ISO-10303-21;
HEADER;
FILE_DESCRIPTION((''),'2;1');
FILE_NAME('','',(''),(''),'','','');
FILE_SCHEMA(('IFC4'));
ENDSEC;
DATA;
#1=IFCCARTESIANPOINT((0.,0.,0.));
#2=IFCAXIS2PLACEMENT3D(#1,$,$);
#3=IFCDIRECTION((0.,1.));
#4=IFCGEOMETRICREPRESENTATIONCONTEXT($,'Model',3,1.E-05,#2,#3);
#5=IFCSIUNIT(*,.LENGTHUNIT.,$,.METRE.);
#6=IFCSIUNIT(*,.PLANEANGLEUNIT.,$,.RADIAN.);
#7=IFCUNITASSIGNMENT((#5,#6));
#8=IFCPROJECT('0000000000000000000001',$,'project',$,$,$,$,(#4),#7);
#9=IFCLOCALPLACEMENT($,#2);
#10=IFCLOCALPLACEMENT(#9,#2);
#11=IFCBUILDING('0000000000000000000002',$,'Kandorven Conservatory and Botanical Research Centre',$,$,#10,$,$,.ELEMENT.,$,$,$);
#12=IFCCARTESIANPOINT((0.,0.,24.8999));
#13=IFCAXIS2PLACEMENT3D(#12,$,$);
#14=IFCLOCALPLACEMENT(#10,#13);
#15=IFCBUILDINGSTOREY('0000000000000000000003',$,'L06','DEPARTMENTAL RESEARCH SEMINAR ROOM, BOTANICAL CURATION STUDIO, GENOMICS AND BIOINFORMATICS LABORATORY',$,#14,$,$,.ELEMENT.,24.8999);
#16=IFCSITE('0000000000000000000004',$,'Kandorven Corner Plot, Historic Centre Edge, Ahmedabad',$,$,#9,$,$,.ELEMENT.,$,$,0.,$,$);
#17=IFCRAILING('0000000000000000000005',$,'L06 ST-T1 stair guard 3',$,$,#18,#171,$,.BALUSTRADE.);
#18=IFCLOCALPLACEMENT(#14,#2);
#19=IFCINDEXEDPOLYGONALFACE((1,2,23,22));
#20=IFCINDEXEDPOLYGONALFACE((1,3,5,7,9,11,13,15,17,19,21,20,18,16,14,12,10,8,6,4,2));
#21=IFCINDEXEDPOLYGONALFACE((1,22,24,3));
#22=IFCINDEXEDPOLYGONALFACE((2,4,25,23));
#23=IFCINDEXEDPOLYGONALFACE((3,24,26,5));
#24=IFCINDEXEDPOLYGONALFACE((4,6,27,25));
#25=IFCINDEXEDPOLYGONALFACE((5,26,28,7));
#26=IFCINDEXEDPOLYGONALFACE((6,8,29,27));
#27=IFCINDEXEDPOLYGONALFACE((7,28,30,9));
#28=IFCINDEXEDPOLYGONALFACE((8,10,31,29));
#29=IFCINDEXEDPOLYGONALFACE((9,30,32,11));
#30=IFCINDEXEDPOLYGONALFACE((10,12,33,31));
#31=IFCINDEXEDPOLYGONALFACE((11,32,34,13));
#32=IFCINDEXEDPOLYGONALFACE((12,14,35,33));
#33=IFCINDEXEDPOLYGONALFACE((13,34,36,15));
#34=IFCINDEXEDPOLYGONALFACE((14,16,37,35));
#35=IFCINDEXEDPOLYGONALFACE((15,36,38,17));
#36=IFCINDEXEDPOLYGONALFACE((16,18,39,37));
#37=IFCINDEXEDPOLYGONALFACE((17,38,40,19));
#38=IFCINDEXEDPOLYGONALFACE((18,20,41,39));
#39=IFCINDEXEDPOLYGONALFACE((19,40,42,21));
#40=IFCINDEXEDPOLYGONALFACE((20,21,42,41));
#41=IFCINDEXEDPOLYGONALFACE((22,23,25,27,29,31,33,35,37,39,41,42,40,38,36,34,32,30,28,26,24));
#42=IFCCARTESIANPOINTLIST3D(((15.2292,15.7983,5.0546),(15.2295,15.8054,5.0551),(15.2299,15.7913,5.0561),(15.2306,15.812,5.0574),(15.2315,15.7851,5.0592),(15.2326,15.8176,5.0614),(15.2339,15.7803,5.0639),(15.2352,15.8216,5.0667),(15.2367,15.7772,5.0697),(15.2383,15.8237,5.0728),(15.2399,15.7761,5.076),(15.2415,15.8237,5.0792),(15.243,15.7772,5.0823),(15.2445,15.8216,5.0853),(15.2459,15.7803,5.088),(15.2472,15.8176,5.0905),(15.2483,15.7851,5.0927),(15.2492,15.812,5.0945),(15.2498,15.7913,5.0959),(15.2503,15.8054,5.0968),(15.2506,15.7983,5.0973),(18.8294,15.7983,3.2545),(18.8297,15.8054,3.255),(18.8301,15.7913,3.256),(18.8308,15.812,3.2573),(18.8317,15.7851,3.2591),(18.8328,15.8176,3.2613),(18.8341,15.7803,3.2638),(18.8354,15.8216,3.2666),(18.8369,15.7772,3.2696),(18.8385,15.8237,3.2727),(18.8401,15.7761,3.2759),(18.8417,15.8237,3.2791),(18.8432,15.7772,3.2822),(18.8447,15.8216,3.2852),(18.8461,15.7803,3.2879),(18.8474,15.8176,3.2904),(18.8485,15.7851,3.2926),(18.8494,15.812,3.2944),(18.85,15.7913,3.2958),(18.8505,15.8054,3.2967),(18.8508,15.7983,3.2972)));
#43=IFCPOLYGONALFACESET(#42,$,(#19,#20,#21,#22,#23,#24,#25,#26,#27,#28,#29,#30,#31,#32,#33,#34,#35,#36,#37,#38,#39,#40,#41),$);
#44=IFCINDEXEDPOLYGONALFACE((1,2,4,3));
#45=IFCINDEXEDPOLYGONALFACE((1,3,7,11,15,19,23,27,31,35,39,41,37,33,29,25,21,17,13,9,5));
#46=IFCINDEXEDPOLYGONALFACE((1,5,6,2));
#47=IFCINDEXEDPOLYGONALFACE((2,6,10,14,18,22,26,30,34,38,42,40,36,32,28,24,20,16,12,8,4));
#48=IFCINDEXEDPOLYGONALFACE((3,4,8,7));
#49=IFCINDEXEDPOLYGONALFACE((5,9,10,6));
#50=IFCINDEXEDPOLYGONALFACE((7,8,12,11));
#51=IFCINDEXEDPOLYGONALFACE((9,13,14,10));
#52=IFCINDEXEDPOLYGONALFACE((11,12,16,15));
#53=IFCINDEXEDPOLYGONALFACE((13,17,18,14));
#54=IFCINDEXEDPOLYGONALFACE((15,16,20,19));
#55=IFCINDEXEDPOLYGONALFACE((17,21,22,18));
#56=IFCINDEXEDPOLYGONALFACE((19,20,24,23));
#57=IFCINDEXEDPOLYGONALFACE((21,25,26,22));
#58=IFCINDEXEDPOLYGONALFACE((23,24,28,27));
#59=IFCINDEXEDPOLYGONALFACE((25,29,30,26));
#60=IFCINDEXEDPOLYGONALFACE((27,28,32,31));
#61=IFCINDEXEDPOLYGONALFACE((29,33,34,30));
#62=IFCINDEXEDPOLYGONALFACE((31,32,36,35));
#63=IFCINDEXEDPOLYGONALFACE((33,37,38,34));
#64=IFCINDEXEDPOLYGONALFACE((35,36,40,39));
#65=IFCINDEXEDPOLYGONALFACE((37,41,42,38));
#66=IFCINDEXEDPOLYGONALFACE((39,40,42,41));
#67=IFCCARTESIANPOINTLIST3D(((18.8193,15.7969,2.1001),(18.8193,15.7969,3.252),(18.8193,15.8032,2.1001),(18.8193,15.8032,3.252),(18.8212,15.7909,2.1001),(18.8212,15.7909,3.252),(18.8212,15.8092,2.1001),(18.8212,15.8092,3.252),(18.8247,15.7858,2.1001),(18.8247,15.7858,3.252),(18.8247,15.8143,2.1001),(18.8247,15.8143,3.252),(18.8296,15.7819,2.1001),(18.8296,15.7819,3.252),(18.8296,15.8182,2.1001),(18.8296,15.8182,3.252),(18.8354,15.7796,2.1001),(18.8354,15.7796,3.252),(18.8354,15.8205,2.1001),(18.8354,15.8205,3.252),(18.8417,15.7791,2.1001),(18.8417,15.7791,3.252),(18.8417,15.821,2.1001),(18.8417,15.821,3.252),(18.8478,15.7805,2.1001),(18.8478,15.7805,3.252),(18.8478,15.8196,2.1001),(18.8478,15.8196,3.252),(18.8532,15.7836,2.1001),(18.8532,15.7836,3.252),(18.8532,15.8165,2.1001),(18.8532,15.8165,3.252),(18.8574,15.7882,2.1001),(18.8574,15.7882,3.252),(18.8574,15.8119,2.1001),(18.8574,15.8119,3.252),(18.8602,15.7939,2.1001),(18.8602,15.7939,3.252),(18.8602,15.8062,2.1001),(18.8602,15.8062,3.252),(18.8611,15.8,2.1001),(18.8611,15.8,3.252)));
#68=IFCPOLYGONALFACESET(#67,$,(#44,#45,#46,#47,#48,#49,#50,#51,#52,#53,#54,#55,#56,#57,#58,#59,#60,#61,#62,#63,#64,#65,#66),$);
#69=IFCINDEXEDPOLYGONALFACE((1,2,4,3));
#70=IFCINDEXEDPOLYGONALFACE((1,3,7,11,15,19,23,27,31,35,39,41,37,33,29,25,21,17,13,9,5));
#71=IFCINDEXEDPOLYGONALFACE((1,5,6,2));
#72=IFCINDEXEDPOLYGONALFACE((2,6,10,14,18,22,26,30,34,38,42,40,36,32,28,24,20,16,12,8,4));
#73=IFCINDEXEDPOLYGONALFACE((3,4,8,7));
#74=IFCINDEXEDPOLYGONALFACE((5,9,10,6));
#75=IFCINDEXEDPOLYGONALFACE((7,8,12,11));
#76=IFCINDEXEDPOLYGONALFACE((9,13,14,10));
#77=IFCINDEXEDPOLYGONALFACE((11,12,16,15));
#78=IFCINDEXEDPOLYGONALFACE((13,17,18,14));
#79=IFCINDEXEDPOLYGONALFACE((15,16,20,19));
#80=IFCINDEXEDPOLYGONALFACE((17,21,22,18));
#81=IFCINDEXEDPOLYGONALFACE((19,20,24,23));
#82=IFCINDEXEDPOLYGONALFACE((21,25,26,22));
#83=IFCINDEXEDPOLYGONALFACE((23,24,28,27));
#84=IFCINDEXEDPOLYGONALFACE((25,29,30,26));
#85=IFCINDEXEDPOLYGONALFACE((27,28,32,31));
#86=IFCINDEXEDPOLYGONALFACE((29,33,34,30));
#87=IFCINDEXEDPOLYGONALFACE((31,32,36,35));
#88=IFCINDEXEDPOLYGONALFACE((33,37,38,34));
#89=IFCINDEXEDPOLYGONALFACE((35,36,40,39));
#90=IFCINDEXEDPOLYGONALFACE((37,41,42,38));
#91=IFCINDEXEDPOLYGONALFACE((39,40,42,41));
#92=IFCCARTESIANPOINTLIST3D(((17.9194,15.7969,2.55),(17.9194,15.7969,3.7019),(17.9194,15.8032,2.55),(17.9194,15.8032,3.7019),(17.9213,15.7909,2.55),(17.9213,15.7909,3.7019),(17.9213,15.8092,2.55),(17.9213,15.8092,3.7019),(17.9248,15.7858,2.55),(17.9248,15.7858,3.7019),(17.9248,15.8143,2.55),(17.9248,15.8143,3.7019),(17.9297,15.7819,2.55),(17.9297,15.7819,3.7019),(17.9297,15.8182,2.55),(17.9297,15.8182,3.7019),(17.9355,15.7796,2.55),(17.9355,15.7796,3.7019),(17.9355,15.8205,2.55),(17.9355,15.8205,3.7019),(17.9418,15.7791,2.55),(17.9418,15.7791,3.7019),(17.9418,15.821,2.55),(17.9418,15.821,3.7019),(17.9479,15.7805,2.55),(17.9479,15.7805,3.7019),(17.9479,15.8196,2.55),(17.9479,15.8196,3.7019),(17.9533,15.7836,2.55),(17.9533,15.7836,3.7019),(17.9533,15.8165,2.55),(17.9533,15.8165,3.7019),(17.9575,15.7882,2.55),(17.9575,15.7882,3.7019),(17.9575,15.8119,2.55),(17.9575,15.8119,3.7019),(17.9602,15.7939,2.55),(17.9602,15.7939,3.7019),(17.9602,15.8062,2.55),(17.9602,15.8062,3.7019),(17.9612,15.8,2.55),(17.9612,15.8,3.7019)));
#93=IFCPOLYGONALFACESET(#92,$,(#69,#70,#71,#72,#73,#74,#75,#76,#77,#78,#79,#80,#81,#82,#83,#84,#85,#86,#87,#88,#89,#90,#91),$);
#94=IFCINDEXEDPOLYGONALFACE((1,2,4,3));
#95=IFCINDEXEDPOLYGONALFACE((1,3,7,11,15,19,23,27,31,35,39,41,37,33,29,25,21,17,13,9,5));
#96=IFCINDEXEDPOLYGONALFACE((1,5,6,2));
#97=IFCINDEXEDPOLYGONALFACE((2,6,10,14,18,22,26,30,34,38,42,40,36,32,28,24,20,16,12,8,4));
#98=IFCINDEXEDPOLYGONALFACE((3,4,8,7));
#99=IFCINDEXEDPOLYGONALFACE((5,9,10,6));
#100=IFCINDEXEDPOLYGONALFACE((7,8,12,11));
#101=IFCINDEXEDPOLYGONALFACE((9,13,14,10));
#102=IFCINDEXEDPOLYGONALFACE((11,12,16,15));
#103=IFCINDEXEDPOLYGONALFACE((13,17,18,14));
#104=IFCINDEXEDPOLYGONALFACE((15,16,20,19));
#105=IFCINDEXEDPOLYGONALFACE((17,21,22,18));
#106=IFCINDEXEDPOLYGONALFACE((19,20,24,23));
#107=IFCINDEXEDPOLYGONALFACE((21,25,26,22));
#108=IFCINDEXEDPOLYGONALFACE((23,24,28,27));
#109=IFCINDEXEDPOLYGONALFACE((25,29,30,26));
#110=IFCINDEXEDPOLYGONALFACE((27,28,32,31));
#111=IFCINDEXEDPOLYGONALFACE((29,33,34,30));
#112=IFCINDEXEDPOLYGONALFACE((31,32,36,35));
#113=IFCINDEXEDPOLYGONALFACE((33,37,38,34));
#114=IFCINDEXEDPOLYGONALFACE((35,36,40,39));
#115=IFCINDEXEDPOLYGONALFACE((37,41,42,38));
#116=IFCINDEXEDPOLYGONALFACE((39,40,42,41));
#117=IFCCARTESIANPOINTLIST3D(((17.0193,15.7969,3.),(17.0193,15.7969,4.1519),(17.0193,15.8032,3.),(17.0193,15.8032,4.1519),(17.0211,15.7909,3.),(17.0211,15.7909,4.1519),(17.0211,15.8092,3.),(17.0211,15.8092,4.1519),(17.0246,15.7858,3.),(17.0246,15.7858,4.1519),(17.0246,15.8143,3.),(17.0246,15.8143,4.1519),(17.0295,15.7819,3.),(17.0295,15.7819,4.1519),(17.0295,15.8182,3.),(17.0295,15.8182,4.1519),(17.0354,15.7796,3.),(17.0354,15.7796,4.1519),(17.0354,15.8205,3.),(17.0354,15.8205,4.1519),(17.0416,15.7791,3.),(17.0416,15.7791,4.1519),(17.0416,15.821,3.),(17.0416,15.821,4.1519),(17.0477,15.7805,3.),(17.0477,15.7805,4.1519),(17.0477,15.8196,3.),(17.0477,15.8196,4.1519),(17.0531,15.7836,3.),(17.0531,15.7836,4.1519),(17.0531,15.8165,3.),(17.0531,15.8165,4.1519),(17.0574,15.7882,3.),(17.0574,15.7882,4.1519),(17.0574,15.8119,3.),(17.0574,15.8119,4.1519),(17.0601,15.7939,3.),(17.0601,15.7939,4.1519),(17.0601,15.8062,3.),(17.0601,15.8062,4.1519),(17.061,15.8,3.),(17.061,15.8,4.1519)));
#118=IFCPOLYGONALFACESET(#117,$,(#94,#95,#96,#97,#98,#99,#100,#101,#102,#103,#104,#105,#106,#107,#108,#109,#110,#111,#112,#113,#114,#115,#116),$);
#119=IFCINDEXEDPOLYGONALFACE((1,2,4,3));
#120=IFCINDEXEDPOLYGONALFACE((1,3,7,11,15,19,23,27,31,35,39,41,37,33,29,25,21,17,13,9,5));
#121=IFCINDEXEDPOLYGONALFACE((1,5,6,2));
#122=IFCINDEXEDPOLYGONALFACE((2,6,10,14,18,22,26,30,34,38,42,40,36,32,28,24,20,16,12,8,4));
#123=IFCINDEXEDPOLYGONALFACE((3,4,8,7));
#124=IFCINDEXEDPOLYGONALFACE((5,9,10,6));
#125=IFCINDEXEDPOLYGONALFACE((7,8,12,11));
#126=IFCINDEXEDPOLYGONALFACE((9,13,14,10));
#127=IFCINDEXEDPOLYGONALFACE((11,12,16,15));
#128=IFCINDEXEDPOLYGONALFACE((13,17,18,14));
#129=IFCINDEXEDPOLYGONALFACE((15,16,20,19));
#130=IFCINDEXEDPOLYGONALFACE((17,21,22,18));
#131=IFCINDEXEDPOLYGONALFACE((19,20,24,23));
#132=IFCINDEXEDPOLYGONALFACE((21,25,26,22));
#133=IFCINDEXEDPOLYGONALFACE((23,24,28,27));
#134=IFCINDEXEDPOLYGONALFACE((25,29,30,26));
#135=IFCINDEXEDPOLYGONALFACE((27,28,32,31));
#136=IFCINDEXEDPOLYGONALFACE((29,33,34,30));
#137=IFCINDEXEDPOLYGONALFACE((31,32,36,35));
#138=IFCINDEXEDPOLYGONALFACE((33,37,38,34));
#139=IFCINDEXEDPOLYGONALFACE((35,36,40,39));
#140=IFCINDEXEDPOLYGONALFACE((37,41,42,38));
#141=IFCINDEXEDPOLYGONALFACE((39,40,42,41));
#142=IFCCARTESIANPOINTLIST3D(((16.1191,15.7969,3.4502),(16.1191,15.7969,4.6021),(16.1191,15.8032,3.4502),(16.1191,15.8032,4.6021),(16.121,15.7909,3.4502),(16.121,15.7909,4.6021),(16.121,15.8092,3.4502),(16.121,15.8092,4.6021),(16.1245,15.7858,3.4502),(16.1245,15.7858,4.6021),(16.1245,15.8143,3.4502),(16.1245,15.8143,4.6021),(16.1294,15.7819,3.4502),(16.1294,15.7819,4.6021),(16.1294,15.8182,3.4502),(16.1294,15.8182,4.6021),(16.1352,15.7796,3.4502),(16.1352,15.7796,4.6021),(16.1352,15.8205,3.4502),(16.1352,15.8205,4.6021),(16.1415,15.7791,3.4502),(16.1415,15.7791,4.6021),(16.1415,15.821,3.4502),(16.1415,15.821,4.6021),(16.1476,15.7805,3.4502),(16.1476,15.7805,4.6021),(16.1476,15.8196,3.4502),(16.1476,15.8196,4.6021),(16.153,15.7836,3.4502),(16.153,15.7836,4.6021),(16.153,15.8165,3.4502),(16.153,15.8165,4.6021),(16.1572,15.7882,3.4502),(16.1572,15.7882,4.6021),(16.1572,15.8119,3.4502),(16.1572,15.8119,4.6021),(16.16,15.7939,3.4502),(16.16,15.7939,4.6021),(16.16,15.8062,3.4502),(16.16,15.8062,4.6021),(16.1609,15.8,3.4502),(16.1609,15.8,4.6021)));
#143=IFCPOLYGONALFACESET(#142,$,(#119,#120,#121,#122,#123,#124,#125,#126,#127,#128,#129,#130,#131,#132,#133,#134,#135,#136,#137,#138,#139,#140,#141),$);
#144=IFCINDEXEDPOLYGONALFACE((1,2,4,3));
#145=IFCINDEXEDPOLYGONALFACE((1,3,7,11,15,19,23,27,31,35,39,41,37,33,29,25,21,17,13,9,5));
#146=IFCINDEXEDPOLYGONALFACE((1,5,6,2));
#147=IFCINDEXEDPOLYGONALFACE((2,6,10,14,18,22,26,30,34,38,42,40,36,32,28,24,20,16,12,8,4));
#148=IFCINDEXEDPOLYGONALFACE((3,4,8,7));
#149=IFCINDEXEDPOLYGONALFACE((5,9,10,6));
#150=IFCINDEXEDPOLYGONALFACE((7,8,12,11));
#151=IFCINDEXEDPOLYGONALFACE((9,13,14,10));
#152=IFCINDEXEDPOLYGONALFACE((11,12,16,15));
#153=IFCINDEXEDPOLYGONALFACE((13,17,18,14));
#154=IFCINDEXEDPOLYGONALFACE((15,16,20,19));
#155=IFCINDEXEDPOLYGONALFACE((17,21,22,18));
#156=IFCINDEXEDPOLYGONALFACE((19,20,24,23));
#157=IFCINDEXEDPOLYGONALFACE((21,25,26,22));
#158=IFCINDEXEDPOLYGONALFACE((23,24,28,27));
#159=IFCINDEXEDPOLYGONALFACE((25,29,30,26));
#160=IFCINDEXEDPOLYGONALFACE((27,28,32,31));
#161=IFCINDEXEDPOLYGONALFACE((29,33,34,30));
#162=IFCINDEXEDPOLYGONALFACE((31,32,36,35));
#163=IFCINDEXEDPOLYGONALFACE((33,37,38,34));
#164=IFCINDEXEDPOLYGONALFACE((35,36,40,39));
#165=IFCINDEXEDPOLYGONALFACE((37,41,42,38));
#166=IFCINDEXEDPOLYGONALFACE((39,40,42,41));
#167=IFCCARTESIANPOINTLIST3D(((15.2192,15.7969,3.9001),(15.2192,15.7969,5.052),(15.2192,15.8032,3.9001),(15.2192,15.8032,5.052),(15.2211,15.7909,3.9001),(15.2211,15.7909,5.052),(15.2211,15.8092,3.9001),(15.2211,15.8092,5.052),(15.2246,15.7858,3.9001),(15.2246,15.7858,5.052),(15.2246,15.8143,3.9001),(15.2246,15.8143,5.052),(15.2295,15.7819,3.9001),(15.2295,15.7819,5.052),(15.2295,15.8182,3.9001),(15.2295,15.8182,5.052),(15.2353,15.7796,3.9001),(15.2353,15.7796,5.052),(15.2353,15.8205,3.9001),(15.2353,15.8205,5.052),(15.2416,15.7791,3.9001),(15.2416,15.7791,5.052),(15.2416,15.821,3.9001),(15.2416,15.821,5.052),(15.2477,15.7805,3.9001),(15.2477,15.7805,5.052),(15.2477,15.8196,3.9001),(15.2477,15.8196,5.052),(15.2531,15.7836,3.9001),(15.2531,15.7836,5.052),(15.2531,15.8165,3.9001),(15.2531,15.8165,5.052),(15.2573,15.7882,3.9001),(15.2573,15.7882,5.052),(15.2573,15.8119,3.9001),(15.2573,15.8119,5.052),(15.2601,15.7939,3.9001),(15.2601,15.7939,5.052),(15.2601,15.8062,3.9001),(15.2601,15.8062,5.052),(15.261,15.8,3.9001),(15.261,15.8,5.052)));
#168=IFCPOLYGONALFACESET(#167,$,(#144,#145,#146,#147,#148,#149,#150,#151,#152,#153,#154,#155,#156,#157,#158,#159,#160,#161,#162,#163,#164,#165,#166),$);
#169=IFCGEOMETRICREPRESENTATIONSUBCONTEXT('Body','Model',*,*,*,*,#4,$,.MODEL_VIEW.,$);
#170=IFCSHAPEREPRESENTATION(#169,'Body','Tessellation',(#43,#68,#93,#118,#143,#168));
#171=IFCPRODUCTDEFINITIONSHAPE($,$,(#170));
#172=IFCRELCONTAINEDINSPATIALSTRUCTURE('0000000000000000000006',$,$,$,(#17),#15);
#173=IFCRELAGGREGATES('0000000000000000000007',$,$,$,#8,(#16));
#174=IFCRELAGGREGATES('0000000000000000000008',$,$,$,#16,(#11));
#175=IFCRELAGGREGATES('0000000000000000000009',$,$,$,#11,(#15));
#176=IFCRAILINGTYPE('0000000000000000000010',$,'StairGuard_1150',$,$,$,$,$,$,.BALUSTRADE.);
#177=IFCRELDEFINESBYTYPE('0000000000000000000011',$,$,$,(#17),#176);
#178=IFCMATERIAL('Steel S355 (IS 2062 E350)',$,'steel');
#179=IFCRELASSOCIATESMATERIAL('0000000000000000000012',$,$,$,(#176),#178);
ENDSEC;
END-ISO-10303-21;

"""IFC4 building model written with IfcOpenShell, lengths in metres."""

from ifc_helpers import new_model, si_unit, direction, frame, origin, origin_2d, place, context, subcontext, project, spatial, circle, extrude, material, type_object, element, save


model = new_model("IFC4")

# Units and contexts
model_context = context("Model", 3, precision=1e-05, world=origin(), true_north=direction((0.0, 1.0)))
body_context = subcontext(model_context, "Body", "Model", "MODEL_VIEW")
ifc_project = project(units=[si_unit("LENGTHUNIT", "METRE"), si_unit("PLANEANGLEUNIT", "RADIAN")], contexts=[model_context])

# Site, building, storey
site_placement = place(None, origin())
site = spatial("IfcSite", under=ifc_project, at=site_placement, Name="Kandorven Corner Plot, Historic Centre Edge, Ahmedabad", CompositionType="ELEMENT", RefElevation=0.0)
building_placement = place(site_placement, origin())
building = spatial("IfcBuilding", under=site, at=building_placement, Name="Kandorven Conservatory and Botanical Research Centre", CompositionType="ELEMENT")
storey_placement = place(building_placement, frame((0.0, 0.0, 24.8999)))
storey = spatial("IfcBuildingStorey", under=building, at=storey_placement, Name="L06", Description="DEPARTMENTAL RESEARCH SEMINAR ROOM, BOTANICAL CURATION STUDIO, GENOMICS AND BIOINFORMATICS LABORATORY", CompositionType="ELEMENT", Elevation=24.8999)

# Railing
ifc_material_1 = material(Name="Steel S355 (IS 2062 E350)", Category="steel")
railing_type_1 = type_object("IfcRailingType", Name="StairGuard_1150", PredefinedType="BALUSTRADE", material=ifc_material_1)
railing_1_placement = place(storey_placement, frame((18.8401, 15.8, 2.1001)))
element("IfcRailing", 1, at=railing_1_placement, inside=storey, type_object=railing_type_1, Name="L06 ST-T1 stair guard 3", PredefinedType="BALUSTRADE", context=body_context, shape_type="SweptSolid", body=[
    extrude(circle(Radius=0.0239, at=origin_2d()), frame((0.0, 0.0, 1.1758), z_axis=(-0.894427, 0.0, 0.447214), x_axis=(0.0, -1.0, 0.0)), (0.0, 0.0, 1.0), 4.0251),
    extrude(circle(Radius=0.021, at=origin_2d()), origin(), (0.0, 0.0, 1.0), 1.1519),
    extrude(circle(Radius=0.021, at=origin_2d()), frame((-0.8999, 0.0, 0.45)), (0.0, 0.0, 1.0), 1.1519),
    extrude(circle(Radius=0.021, at=origin_2d()), frame((-1.8, 0.0, 0.8999)), (0.0, 0.0, 1.0), 1.1519),
    extrude(circle(Radius=0.021, at=origin_2d()), frame((-2.7002, 0.0, 1.3501)), (0.0, 0.0, 1.0), 1.1519),
    extrude(circle(Radius=0.021, at=origin_2d()), frame((-3.6001, 0.0, 1.8)), (0.0, 0.0, 1.0), 1.1519),
])

save(model, "model.ifc")
